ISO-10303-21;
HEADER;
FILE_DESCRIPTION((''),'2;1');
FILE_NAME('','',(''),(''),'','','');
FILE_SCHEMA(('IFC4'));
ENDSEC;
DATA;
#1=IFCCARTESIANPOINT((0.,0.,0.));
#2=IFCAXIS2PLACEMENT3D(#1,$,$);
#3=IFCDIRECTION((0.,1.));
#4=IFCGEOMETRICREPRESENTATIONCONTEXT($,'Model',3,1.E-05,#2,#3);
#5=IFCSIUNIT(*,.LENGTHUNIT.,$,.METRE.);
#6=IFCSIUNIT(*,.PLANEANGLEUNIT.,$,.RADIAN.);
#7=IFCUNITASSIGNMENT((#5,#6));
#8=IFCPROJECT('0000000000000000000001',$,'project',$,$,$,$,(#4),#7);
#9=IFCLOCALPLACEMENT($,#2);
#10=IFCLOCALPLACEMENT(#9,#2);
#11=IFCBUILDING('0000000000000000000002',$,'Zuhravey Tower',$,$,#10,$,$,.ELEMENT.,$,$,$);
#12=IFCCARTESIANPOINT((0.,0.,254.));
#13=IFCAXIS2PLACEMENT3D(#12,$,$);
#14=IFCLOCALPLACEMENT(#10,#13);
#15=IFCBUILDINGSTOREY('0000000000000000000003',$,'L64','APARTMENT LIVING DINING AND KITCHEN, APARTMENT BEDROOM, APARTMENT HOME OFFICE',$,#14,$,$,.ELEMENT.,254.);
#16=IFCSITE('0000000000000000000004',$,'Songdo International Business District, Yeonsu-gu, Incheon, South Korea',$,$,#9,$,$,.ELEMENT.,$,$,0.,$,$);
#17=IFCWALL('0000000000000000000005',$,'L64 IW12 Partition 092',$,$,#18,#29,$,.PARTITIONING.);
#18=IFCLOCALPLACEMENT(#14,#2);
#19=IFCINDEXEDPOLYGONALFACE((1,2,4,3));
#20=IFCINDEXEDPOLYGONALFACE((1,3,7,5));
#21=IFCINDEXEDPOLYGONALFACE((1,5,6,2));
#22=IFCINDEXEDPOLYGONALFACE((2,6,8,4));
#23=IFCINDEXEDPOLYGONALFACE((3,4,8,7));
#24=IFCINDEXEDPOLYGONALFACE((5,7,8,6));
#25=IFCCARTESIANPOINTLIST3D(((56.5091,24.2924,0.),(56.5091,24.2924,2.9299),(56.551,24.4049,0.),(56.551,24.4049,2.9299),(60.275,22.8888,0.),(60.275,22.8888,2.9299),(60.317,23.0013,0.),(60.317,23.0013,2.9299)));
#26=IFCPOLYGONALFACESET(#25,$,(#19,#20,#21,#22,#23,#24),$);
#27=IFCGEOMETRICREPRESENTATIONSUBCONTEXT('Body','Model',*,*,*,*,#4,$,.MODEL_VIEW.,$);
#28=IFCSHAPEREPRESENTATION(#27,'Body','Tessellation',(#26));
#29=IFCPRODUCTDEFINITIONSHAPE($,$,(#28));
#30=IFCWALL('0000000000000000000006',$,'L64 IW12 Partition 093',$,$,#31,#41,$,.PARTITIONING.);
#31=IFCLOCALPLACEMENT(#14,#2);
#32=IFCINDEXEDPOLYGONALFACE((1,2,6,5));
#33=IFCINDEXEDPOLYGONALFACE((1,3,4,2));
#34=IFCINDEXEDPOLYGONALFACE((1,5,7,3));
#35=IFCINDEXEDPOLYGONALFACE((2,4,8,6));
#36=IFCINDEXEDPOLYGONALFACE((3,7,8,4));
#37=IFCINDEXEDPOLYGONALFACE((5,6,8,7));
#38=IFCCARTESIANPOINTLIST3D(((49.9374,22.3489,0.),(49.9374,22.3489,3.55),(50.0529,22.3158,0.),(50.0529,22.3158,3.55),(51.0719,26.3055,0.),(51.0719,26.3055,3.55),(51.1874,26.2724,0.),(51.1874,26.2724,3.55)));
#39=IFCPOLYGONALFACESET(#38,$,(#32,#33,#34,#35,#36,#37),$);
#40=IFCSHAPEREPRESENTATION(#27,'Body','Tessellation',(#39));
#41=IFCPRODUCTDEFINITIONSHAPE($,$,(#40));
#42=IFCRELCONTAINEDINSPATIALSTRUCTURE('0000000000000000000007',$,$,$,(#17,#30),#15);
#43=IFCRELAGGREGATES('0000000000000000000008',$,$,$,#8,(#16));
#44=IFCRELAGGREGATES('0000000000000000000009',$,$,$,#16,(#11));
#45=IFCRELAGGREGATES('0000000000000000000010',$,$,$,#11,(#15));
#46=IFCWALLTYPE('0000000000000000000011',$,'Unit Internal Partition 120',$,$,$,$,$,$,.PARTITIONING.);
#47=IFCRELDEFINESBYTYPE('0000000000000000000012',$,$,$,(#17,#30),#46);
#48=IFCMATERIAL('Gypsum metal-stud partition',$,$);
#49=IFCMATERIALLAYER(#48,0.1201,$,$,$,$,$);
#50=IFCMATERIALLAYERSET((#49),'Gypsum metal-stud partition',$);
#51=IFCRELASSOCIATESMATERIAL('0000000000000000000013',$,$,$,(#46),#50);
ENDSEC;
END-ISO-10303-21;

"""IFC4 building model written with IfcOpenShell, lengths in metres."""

from ifc_helpers import new_model, si_unit, direction, frame, frame_2d, origin, place, context, subcontext, project, spatial, rectangle, extrude, material, layer, layer_set, type_object, element, save


model = new_model("IFC4")

# Units and contexts
model_context = context("Model", 3, precision=1e-05, world=origin(), true_north=direction((0.0, 1.0)))
body_context = subcontext(model_context, "Body", "Model", "MODEL_VIEW")
ifc_project = project(units=[si_unit("LENGTHUNIT", "METRE"), si_unit("PLANEANGLEUNIT", "RADIAN")], contexts=[model_context])

# Site, building, storey
site_placement = place(None, origin())
site = spatial("IfcSite", under=ifc_project, at=site_placement, Name="Songdo International Business District, Yeonsu-gu, Incheon, South Korea", CompositionType="ELEMENT", RefElevation=0.0)
building_placement = place(site_placement, origin())
building = spatial("IfcBuilding", under=site, at=building_placement, Name="Zuhravey Tower", CompositionType="ELEMENT")
storey_placement = place(building_placement, frame((0.0, 0.0, 254.0)))
storey = spatial("IfcBuildingStorey", under=building, at=storey_placement, Name="L64", Description="APARTMENT LIVING DINING AND KITCHEN, APARTMENT BEDROOM, APARTMENT HOME OFFICE", CompositionType="ELEMENT", Elevation=254.0)

# Shared definitions
ifc_material_1 = material(Name="Gypsum metal-stud partition")
ifc_layer_1 = layer(ifc_material_1, 0.1201)
ifc_layer_set_1 = layer_set([ifc_layer_1], Name="Gypsum metal-stud partition")
wall_type_1 = type_object("IfcWallType", Name="Unit Internal Partition 120", PredefinedType="PARTITIONING", material=ifc_layer_set_1)

# Walls
wall_1_placement = place(storey_placement, frame((56.53, 24.3486, 0.0), z_axis=(0.0, 0.0, 1.0), x_axis=(0.937034, -0.349239, 0.0)))
element("IfcWall", 1, at=wall_1_placement, inside=storey, type_object=wall_type_1, Name="L64 IW12 Partition 092", PredefinedType="PARTITIONING", context=body_context, shape_type="SweptSolid", body=[
    extrude(rectangle(XDim=4.019, YDim=0.1201, at=frame_2d((2.0095, 0.0))), origin(), (0.0, 0.0, 1.0), 2.9299),
])
wall_2_placement = place(storey_placement, frame((49.9951, 22.3323, 0.0), z_axis=(0.0, 0.0, 1.0), x_axis=(0.275638, 0.961262, 0.0)))
element("IfcWall", 2, at=wall_2_placement, inside=storey, type_object=wall_type_1, Name="L64 IW12 Partition 093", PredefinedType="PARTITIONING", context=body_context, shape_type="SweptSolid", body=[
    extrude(rectangle(XDim=4.116, YDim=0.1201, at=frame_2d((2.0581, 0.0))), origin(), (0.0, 0.0, 1.0), 3.55),
])

save(model, "model.ifc")
